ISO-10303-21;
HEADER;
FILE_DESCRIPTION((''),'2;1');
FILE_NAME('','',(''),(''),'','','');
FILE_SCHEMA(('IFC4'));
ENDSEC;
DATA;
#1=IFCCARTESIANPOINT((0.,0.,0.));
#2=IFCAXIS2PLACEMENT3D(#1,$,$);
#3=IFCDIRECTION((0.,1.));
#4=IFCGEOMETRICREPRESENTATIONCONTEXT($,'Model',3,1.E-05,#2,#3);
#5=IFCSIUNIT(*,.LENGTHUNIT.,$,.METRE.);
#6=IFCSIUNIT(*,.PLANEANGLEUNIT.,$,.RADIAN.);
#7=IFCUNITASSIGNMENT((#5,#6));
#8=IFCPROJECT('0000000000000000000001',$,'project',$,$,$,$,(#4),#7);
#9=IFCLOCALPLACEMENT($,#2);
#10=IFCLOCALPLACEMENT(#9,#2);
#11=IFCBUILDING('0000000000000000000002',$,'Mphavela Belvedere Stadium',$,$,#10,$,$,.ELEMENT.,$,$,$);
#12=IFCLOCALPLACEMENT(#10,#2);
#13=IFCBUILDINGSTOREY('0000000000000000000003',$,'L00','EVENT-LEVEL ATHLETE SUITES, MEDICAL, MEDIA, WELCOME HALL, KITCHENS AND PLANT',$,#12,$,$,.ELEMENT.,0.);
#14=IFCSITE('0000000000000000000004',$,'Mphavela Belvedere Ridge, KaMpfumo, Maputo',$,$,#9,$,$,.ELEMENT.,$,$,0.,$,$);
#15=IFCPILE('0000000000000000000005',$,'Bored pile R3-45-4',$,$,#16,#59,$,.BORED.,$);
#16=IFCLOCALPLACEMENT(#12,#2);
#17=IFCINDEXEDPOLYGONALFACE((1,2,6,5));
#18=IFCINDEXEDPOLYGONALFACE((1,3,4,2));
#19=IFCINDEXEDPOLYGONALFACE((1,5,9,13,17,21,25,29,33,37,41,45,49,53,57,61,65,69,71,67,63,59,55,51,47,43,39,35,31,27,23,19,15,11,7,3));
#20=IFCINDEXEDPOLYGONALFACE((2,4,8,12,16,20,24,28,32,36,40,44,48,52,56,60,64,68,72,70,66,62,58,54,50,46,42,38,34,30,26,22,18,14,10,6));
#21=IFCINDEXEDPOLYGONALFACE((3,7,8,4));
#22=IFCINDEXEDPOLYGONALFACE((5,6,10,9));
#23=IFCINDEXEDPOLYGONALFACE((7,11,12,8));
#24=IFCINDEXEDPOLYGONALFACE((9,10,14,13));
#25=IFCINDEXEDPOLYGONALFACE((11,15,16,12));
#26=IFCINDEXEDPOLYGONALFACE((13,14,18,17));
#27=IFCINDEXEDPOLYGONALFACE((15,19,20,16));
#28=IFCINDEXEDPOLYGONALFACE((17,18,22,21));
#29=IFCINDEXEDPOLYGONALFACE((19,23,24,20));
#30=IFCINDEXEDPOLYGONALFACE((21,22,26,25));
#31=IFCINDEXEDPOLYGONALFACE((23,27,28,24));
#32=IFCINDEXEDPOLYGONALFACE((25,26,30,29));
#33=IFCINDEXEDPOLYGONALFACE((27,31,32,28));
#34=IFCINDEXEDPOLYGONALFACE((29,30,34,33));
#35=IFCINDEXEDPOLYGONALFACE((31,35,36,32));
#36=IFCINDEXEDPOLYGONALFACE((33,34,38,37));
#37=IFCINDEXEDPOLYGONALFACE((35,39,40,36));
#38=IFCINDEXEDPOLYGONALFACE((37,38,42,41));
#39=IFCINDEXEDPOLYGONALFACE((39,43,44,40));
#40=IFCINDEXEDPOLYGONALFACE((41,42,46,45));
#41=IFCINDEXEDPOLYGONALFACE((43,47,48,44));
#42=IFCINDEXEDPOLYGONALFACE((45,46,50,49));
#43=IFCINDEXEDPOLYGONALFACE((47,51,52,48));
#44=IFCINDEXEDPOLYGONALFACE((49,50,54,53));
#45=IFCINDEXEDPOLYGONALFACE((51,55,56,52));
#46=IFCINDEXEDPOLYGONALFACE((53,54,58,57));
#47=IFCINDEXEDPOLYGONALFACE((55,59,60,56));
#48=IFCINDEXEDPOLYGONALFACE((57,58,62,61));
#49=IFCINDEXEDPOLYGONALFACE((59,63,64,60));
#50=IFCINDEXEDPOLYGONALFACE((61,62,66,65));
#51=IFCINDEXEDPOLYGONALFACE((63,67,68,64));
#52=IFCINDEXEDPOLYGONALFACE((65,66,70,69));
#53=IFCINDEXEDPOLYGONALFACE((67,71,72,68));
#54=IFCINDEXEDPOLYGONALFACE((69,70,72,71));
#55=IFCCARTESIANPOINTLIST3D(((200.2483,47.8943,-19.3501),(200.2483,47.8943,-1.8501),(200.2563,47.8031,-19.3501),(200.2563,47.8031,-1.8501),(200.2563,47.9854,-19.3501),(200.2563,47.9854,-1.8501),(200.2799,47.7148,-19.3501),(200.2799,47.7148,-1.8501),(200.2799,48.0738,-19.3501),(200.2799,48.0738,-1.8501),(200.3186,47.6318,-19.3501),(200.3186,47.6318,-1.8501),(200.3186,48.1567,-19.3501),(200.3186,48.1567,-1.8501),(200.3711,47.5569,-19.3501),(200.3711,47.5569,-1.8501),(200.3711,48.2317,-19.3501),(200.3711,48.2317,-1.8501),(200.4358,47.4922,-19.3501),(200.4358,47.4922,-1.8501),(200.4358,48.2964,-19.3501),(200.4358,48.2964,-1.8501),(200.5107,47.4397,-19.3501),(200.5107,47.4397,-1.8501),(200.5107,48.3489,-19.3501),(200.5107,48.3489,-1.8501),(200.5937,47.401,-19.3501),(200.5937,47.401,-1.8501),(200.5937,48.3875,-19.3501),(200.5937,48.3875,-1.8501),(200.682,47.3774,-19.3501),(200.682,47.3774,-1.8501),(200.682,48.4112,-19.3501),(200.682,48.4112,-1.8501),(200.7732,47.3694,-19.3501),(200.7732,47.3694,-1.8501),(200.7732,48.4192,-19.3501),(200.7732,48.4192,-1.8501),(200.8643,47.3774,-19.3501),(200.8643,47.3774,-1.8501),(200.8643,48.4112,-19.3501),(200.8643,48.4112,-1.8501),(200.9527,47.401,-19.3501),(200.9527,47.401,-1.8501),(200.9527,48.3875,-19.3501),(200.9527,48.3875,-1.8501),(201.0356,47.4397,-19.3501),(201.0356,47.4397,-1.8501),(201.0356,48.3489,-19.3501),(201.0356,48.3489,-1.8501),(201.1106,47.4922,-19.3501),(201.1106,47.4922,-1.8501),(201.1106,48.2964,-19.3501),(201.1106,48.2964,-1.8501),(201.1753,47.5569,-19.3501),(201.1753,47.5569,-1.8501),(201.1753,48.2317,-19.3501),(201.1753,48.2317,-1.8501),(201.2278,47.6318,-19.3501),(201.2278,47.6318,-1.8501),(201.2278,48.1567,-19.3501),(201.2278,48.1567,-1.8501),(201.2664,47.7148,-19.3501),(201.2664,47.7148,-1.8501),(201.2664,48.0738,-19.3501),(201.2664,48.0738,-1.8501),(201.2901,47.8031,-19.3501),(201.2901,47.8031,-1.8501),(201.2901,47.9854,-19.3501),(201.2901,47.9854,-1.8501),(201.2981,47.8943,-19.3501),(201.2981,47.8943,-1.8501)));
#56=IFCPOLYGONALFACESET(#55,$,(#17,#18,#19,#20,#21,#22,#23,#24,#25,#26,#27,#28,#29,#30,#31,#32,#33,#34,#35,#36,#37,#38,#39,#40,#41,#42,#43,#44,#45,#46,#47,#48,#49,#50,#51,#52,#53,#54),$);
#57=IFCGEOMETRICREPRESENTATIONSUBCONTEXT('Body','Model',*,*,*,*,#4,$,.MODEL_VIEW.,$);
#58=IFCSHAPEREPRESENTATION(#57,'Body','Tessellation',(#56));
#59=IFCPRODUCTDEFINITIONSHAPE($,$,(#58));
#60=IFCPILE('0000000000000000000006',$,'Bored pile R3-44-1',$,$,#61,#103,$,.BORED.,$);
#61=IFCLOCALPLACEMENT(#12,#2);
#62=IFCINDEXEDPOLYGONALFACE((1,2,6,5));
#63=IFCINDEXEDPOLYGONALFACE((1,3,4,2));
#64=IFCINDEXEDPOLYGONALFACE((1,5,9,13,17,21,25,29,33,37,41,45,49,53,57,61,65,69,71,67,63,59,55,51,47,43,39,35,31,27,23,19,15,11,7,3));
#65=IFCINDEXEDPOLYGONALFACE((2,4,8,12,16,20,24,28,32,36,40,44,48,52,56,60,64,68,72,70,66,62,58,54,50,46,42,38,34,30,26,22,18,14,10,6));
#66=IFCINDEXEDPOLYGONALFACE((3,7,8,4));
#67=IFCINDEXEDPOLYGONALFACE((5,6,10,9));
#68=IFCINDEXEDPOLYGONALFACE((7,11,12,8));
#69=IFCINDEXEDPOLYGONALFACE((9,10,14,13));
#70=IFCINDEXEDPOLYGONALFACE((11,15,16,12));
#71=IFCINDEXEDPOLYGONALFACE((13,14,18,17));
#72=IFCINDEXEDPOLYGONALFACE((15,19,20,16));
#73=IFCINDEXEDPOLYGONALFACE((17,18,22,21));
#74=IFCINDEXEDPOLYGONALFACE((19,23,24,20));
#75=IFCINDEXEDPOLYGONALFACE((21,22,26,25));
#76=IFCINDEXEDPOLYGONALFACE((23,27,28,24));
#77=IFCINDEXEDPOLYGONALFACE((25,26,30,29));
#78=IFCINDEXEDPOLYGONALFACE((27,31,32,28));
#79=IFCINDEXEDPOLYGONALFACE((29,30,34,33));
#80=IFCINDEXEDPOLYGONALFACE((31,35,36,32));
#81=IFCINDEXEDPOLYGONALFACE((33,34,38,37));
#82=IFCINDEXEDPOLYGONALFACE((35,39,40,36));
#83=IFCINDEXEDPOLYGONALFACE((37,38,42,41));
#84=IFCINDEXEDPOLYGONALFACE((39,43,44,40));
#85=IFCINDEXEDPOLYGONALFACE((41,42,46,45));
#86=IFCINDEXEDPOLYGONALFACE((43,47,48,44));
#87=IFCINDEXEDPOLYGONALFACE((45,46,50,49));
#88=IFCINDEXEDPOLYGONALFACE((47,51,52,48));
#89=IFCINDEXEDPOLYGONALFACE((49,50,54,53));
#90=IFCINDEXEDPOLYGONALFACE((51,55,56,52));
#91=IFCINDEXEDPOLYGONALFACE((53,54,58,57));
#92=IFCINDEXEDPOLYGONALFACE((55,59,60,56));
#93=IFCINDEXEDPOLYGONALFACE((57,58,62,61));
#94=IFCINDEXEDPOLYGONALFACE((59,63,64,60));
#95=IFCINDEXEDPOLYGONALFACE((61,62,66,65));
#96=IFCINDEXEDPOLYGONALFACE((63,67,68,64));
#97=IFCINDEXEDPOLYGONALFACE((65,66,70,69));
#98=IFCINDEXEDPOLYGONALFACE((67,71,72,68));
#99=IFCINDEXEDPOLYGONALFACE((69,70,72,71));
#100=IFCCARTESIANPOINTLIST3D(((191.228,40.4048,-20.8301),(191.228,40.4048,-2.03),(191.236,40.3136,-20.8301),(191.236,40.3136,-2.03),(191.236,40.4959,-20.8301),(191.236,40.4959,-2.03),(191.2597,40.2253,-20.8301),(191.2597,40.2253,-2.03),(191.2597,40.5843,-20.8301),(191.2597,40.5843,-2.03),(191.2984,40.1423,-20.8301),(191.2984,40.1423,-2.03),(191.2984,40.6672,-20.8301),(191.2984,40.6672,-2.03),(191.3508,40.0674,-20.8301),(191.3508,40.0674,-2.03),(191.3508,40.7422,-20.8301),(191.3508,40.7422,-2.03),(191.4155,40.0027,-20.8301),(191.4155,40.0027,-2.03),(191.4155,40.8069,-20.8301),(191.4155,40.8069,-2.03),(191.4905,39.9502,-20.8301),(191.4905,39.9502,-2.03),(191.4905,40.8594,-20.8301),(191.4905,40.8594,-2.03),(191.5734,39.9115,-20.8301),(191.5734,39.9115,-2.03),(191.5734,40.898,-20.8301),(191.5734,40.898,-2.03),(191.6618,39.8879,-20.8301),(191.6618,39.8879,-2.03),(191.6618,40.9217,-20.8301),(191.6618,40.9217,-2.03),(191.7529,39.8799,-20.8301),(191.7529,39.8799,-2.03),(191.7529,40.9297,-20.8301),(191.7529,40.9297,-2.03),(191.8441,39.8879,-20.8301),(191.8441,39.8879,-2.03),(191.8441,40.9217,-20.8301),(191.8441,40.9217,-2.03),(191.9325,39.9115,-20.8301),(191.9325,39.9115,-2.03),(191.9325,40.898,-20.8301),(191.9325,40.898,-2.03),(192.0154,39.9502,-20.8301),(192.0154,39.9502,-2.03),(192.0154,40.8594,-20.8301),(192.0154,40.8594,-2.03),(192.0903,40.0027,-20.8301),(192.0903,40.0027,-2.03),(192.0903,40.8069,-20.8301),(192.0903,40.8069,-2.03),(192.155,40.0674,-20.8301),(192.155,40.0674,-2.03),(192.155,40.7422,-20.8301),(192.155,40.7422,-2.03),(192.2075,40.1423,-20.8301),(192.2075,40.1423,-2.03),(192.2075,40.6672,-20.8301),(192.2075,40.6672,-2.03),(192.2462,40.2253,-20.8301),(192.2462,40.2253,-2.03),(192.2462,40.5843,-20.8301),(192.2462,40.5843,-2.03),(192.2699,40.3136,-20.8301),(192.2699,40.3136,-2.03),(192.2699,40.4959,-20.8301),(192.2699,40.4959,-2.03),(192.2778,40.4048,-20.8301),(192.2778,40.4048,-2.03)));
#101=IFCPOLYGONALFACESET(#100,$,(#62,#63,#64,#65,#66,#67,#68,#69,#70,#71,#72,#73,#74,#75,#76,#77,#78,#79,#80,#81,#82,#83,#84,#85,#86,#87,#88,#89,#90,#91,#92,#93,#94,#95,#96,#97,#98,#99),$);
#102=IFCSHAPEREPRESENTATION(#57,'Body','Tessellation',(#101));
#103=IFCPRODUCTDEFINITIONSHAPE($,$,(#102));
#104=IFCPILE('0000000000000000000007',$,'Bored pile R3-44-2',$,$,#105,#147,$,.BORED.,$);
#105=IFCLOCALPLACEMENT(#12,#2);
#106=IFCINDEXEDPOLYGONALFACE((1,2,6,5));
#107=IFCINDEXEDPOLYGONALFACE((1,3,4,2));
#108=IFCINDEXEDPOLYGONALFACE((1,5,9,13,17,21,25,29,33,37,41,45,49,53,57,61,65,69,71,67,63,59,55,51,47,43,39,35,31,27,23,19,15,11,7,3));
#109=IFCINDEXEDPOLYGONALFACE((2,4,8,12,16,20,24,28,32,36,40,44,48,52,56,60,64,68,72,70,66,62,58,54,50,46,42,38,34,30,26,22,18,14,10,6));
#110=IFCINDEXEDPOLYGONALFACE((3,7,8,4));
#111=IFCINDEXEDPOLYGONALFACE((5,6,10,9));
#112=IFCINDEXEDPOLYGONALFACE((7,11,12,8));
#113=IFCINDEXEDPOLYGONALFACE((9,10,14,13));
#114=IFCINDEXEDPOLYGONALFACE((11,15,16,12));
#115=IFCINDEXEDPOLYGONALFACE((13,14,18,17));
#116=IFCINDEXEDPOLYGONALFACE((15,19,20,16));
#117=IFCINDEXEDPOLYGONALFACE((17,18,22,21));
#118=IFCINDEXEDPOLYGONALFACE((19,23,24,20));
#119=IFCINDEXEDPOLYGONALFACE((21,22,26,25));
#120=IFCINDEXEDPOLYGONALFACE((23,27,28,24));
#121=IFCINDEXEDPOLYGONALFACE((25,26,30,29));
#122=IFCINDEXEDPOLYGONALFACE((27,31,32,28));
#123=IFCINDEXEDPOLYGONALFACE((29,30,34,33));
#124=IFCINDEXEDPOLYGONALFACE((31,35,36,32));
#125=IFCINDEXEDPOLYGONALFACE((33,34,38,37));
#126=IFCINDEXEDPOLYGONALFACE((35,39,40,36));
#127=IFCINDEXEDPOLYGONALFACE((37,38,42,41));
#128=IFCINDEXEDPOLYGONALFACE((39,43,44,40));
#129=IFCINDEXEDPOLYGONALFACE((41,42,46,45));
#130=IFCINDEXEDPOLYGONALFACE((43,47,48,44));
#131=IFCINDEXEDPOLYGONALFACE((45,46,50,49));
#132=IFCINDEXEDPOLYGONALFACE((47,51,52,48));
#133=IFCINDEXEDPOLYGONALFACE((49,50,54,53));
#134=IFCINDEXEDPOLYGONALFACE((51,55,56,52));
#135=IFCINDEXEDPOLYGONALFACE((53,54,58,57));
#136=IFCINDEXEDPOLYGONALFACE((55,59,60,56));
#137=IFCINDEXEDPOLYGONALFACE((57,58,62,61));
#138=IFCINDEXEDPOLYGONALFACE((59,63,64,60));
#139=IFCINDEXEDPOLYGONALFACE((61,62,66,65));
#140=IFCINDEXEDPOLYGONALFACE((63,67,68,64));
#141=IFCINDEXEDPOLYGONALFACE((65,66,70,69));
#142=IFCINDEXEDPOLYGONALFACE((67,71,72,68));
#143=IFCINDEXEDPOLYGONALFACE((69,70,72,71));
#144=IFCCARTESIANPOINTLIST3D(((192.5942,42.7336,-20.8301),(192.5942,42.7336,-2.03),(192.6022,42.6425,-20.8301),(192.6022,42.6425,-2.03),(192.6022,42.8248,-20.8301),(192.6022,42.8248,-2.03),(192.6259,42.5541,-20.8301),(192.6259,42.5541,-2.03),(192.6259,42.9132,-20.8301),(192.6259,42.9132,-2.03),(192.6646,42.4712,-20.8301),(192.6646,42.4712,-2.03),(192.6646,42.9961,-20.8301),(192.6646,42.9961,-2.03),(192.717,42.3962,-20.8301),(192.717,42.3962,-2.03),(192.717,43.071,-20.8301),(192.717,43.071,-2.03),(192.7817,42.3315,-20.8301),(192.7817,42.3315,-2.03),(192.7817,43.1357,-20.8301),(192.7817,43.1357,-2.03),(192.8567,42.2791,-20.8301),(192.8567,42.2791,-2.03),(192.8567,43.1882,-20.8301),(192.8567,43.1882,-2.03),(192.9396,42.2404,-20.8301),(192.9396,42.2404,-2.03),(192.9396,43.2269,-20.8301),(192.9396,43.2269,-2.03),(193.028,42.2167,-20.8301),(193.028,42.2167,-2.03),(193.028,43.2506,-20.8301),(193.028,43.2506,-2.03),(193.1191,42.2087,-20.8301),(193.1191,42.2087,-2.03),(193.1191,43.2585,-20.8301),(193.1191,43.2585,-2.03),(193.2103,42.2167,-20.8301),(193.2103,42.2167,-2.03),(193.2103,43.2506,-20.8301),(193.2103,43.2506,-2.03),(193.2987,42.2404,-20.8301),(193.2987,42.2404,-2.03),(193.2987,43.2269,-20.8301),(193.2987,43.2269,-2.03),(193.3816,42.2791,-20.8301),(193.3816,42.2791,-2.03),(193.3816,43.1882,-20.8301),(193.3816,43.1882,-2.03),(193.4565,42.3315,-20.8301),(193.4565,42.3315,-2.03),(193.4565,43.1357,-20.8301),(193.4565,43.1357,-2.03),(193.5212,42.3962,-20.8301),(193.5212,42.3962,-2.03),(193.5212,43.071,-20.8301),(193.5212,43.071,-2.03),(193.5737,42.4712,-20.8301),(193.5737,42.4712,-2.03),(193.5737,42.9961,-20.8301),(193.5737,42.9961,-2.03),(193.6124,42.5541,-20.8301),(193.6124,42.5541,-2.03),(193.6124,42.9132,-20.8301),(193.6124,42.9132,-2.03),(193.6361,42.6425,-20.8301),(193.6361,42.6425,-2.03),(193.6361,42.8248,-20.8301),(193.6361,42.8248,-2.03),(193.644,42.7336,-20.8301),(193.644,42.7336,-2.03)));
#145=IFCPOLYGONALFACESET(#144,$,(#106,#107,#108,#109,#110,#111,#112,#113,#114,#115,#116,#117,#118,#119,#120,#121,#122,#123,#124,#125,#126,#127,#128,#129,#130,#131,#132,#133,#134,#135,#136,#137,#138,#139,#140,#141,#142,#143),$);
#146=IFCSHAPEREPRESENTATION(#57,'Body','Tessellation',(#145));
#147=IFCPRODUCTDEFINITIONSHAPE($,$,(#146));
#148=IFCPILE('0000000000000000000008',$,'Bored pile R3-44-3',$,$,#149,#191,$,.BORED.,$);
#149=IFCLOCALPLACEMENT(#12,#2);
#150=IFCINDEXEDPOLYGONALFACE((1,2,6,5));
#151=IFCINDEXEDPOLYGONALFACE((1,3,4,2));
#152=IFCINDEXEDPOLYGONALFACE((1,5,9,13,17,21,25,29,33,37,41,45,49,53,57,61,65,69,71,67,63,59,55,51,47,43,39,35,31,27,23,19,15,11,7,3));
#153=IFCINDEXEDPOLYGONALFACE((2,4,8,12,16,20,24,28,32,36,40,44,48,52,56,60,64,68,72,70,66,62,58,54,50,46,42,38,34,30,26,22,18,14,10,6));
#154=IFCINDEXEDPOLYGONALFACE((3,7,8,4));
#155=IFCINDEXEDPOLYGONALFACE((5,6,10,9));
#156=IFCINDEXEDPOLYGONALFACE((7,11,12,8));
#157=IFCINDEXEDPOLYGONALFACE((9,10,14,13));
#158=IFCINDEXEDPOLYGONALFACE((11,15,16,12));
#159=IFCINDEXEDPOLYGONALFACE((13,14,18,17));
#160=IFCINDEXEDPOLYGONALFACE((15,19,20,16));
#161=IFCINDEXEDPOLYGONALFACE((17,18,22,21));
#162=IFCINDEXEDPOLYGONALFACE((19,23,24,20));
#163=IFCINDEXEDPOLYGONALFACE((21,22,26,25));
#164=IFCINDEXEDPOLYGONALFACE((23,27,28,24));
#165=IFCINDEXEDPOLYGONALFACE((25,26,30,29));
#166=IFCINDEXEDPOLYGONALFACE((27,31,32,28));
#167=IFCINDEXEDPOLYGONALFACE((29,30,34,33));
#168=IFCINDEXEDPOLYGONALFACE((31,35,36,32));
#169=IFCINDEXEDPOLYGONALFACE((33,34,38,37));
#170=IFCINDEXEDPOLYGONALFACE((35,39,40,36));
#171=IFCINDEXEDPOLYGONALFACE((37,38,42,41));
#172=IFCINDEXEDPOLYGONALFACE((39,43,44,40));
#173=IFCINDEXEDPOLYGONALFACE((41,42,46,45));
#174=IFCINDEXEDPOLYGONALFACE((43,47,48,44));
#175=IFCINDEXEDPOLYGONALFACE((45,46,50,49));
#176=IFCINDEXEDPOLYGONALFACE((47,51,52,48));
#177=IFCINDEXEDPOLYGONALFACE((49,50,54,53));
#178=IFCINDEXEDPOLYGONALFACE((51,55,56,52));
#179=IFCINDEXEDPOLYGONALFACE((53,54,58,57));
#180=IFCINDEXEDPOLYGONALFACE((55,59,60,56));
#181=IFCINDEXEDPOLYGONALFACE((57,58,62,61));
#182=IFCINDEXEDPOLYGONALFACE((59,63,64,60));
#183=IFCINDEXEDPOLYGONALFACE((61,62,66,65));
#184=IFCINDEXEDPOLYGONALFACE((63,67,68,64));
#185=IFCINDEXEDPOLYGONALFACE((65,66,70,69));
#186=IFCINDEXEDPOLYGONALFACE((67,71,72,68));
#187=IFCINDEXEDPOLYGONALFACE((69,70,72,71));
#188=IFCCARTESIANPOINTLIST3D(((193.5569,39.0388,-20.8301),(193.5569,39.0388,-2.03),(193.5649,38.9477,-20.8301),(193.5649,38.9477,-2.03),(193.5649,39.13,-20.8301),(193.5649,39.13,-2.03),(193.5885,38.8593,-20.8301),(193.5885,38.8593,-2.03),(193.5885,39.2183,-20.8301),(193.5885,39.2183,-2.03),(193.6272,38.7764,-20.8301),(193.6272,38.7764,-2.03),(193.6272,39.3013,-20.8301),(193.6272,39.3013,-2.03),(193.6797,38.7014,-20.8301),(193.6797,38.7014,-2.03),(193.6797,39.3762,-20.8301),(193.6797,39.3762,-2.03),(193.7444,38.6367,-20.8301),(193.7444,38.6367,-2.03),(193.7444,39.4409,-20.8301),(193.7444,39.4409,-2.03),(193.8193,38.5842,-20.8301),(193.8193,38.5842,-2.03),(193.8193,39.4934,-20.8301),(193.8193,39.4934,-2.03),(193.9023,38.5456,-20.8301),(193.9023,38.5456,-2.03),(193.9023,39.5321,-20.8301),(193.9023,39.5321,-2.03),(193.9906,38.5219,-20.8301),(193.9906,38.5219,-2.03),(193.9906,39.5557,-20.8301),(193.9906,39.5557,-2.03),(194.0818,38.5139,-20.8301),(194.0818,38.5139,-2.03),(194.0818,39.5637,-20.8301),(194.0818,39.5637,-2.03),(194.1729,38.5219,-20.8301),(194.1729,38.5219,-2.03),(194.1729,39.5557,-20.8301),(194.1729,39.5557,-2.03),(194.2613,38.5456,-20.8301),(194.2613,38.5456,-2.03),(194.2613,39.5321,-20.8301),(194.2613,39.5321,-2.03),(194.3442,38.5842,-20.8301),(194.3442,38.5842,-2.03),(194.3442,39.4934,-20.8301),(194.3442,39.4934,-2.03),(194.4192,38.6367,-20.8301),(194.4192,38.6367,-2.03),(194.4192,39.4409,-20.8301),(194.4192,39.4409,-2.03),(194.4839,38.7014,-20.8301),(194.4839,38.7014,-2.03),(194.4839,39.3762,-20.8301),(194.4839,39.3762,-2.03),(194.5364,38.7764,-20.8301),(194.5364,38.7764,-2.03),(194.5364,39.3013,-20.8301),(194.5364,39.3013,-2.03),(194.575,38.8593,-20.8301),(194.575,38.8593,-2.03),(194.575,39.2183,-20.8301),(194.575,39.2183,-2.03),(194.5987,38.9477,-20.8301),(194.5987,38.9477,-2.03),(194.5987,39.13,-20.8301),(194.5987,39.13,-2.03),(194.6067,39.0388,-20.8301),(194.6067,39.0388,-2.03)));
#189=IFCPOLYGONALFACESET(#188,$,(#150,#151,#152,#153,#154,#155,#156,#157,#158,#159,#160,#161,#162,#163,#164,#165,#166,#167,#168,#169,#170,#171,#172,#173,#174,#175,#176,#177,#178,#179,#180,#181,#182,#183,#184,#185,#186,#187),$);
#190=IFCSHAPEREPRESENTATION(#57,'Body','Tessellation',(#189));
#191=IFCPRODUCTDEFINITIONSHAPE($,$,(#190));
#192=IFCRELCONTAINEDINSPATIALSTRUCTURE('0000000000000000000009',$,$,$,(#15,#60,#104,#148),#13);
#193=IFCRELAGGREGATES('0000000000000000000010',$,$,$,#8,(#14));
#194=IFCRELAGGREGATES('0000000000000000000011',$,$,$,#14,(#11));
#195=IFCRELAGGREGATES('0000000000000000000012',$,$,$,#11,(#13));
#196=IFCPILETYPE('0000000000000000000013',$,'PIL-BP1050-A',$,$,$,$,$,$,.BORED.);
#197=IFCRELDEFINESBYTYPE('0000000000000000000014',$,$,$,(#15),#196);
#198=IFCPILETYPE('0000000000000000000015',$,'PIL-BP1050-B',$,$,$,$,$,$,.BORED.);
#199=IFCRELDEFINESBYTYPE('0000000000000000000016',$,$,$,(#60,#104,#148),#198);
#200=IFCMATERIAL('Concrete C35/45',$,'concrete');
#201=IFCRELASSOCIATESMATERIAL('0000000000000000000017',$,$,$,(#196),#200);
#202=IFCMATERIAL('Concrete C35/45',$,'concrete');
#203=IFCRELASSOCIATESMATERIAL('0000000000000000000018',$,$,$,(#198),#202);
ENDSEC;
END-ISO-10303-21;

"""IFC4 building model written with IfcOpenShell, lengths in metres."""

from ifc_helpers import new_model, si_unit, direction, frame, origin, origin_2d, place, context, subcontext, project, spatial, circle, extrude, material, material_profile, profile_set, type_object, element, save


model = new_model("IFC4")

# Units and contexts
model_context = context("Model", 3, precision=1e-05, world=origin(), true_north=direction((0.0, 1.0)))
body_context = subcontext(model_context, "Body", "Model", "MODEL_VIEW")
ifc_project = project(units=[si_unit("LENGTHUNIT", "METRE"), si_unit("PLANEANGLEUNIT", "RADIAN")], contexts=[model_context])

# Site, building, storey
site_placement = place(None, origin())
site = spatial("IfcSite", under=ifc_project, at=site_placement, Name="Mphavela Belvedere Ridge, KaMpfumo, Maputo", CompositionType="ELEMENT", RefElevation=0.0)
building_placement = place(site_placement, origin())
building = spatial("IfcBuilding", under=site, at=building_placement, Name="Mphavela Belvedere Stadium", CompositionType="ELEMENT")
storey_placement = place(building_placement, origin())
storey = spatial("IfcBuildingStorey", under=building, at=storey_placement, Name="L00", Description="EVENT-LEVEL ATHLETE SUITES, MEDICAL, MEDIA, WELCOME HALL, KITCHENS AND PLANT", CompositionType="ELEMENT", Elevation=0.0)

# Piles
ifc_material_1 = material(Name="Concrete C35/45", Category="concrete")
ifc_material_profile_1 = material_profile(ifc_material_1, circle(Radius=0.5249, at=origin_2d()), Name="BP D1050")
ifc_profile_set_1 = profile_set([ifc_material_profile_1], Name="Concrete C35/45")
pile_type_1 = type_object("IfcPileType", Name="PIL-BP1050-A", PredefinedType="BORED", material=ifc_profile_set_1)
for number, where, z_axis, x_axis, name in (
    (1, (200.7732, 47.8943, -1.8501), (0.0, 0.0, -1.0), (1.0, 0.0, 0.0), "Bored pile R3-45-4"),
):
    element("IfcPile", number, at=place(storey_placement, frame(where, z_axis=z_axis, x_axis=x_axis)), inside=storey, type_object=pile_type_1, Name=name, PredefinedType="BORED", context=body_context, shape_type="SweptSolid", body=[
        extrude(circle(Radius=0.5249, at=origin_2d()), origin(), (0.0, 0.0, 1.0), 17.5),
    ])
ifc_material_2 = material(Name="Concrete C35/45", Category="concrete")
ifc_material_profile_2 = material_profile(ifc_material_2, circle(Radius=0.5249, at=origin_2d()), Name="BP D1050")
ifc_profile_set_2 = profile_set([ifc_material_profile_2], Name="Concrete C35/45")
pile_type_2 = type_object("IfcPileType", Name="PIL-BP1050-B", PredefinedType="BORED", material=ifc_profile_set_2)
for number, where, z_axis, x_axis, name in (
    (2, (191.7529, 40.4048, -2.03), (0.0, 0.0, -1.0), (1.0, 0.0, 0.0), "Bored pile R3-44-1"),
    (3, (193.1191, 42.7336, -2.03), (0.0, 0.0, -1.0), (1.0, 0.0, 0.0), "Bored pile R3-44-2"),
    (4, (194.0818, 39.0388, -2.03), (0.0, 0.0, -1.0), (1.0, 0.0, 0.0), "Bored pile R3-44-3"),
):
    element("IfcPile", number, at=place(storey_placement, frame(where, z_axis=z_axis, x_axis=x_axis)), inside=storey, type_object=pile_type_2, Name=name, PredefinedType="BORED", context=body_context, shape_type="SweptSolid", body=[
        extrude(circle(Radius=0.5249, at=origin_2d()), origin(), (0.0, 0.0, 1.0), 18.8),
    ])

save(model, "model.ifc")
